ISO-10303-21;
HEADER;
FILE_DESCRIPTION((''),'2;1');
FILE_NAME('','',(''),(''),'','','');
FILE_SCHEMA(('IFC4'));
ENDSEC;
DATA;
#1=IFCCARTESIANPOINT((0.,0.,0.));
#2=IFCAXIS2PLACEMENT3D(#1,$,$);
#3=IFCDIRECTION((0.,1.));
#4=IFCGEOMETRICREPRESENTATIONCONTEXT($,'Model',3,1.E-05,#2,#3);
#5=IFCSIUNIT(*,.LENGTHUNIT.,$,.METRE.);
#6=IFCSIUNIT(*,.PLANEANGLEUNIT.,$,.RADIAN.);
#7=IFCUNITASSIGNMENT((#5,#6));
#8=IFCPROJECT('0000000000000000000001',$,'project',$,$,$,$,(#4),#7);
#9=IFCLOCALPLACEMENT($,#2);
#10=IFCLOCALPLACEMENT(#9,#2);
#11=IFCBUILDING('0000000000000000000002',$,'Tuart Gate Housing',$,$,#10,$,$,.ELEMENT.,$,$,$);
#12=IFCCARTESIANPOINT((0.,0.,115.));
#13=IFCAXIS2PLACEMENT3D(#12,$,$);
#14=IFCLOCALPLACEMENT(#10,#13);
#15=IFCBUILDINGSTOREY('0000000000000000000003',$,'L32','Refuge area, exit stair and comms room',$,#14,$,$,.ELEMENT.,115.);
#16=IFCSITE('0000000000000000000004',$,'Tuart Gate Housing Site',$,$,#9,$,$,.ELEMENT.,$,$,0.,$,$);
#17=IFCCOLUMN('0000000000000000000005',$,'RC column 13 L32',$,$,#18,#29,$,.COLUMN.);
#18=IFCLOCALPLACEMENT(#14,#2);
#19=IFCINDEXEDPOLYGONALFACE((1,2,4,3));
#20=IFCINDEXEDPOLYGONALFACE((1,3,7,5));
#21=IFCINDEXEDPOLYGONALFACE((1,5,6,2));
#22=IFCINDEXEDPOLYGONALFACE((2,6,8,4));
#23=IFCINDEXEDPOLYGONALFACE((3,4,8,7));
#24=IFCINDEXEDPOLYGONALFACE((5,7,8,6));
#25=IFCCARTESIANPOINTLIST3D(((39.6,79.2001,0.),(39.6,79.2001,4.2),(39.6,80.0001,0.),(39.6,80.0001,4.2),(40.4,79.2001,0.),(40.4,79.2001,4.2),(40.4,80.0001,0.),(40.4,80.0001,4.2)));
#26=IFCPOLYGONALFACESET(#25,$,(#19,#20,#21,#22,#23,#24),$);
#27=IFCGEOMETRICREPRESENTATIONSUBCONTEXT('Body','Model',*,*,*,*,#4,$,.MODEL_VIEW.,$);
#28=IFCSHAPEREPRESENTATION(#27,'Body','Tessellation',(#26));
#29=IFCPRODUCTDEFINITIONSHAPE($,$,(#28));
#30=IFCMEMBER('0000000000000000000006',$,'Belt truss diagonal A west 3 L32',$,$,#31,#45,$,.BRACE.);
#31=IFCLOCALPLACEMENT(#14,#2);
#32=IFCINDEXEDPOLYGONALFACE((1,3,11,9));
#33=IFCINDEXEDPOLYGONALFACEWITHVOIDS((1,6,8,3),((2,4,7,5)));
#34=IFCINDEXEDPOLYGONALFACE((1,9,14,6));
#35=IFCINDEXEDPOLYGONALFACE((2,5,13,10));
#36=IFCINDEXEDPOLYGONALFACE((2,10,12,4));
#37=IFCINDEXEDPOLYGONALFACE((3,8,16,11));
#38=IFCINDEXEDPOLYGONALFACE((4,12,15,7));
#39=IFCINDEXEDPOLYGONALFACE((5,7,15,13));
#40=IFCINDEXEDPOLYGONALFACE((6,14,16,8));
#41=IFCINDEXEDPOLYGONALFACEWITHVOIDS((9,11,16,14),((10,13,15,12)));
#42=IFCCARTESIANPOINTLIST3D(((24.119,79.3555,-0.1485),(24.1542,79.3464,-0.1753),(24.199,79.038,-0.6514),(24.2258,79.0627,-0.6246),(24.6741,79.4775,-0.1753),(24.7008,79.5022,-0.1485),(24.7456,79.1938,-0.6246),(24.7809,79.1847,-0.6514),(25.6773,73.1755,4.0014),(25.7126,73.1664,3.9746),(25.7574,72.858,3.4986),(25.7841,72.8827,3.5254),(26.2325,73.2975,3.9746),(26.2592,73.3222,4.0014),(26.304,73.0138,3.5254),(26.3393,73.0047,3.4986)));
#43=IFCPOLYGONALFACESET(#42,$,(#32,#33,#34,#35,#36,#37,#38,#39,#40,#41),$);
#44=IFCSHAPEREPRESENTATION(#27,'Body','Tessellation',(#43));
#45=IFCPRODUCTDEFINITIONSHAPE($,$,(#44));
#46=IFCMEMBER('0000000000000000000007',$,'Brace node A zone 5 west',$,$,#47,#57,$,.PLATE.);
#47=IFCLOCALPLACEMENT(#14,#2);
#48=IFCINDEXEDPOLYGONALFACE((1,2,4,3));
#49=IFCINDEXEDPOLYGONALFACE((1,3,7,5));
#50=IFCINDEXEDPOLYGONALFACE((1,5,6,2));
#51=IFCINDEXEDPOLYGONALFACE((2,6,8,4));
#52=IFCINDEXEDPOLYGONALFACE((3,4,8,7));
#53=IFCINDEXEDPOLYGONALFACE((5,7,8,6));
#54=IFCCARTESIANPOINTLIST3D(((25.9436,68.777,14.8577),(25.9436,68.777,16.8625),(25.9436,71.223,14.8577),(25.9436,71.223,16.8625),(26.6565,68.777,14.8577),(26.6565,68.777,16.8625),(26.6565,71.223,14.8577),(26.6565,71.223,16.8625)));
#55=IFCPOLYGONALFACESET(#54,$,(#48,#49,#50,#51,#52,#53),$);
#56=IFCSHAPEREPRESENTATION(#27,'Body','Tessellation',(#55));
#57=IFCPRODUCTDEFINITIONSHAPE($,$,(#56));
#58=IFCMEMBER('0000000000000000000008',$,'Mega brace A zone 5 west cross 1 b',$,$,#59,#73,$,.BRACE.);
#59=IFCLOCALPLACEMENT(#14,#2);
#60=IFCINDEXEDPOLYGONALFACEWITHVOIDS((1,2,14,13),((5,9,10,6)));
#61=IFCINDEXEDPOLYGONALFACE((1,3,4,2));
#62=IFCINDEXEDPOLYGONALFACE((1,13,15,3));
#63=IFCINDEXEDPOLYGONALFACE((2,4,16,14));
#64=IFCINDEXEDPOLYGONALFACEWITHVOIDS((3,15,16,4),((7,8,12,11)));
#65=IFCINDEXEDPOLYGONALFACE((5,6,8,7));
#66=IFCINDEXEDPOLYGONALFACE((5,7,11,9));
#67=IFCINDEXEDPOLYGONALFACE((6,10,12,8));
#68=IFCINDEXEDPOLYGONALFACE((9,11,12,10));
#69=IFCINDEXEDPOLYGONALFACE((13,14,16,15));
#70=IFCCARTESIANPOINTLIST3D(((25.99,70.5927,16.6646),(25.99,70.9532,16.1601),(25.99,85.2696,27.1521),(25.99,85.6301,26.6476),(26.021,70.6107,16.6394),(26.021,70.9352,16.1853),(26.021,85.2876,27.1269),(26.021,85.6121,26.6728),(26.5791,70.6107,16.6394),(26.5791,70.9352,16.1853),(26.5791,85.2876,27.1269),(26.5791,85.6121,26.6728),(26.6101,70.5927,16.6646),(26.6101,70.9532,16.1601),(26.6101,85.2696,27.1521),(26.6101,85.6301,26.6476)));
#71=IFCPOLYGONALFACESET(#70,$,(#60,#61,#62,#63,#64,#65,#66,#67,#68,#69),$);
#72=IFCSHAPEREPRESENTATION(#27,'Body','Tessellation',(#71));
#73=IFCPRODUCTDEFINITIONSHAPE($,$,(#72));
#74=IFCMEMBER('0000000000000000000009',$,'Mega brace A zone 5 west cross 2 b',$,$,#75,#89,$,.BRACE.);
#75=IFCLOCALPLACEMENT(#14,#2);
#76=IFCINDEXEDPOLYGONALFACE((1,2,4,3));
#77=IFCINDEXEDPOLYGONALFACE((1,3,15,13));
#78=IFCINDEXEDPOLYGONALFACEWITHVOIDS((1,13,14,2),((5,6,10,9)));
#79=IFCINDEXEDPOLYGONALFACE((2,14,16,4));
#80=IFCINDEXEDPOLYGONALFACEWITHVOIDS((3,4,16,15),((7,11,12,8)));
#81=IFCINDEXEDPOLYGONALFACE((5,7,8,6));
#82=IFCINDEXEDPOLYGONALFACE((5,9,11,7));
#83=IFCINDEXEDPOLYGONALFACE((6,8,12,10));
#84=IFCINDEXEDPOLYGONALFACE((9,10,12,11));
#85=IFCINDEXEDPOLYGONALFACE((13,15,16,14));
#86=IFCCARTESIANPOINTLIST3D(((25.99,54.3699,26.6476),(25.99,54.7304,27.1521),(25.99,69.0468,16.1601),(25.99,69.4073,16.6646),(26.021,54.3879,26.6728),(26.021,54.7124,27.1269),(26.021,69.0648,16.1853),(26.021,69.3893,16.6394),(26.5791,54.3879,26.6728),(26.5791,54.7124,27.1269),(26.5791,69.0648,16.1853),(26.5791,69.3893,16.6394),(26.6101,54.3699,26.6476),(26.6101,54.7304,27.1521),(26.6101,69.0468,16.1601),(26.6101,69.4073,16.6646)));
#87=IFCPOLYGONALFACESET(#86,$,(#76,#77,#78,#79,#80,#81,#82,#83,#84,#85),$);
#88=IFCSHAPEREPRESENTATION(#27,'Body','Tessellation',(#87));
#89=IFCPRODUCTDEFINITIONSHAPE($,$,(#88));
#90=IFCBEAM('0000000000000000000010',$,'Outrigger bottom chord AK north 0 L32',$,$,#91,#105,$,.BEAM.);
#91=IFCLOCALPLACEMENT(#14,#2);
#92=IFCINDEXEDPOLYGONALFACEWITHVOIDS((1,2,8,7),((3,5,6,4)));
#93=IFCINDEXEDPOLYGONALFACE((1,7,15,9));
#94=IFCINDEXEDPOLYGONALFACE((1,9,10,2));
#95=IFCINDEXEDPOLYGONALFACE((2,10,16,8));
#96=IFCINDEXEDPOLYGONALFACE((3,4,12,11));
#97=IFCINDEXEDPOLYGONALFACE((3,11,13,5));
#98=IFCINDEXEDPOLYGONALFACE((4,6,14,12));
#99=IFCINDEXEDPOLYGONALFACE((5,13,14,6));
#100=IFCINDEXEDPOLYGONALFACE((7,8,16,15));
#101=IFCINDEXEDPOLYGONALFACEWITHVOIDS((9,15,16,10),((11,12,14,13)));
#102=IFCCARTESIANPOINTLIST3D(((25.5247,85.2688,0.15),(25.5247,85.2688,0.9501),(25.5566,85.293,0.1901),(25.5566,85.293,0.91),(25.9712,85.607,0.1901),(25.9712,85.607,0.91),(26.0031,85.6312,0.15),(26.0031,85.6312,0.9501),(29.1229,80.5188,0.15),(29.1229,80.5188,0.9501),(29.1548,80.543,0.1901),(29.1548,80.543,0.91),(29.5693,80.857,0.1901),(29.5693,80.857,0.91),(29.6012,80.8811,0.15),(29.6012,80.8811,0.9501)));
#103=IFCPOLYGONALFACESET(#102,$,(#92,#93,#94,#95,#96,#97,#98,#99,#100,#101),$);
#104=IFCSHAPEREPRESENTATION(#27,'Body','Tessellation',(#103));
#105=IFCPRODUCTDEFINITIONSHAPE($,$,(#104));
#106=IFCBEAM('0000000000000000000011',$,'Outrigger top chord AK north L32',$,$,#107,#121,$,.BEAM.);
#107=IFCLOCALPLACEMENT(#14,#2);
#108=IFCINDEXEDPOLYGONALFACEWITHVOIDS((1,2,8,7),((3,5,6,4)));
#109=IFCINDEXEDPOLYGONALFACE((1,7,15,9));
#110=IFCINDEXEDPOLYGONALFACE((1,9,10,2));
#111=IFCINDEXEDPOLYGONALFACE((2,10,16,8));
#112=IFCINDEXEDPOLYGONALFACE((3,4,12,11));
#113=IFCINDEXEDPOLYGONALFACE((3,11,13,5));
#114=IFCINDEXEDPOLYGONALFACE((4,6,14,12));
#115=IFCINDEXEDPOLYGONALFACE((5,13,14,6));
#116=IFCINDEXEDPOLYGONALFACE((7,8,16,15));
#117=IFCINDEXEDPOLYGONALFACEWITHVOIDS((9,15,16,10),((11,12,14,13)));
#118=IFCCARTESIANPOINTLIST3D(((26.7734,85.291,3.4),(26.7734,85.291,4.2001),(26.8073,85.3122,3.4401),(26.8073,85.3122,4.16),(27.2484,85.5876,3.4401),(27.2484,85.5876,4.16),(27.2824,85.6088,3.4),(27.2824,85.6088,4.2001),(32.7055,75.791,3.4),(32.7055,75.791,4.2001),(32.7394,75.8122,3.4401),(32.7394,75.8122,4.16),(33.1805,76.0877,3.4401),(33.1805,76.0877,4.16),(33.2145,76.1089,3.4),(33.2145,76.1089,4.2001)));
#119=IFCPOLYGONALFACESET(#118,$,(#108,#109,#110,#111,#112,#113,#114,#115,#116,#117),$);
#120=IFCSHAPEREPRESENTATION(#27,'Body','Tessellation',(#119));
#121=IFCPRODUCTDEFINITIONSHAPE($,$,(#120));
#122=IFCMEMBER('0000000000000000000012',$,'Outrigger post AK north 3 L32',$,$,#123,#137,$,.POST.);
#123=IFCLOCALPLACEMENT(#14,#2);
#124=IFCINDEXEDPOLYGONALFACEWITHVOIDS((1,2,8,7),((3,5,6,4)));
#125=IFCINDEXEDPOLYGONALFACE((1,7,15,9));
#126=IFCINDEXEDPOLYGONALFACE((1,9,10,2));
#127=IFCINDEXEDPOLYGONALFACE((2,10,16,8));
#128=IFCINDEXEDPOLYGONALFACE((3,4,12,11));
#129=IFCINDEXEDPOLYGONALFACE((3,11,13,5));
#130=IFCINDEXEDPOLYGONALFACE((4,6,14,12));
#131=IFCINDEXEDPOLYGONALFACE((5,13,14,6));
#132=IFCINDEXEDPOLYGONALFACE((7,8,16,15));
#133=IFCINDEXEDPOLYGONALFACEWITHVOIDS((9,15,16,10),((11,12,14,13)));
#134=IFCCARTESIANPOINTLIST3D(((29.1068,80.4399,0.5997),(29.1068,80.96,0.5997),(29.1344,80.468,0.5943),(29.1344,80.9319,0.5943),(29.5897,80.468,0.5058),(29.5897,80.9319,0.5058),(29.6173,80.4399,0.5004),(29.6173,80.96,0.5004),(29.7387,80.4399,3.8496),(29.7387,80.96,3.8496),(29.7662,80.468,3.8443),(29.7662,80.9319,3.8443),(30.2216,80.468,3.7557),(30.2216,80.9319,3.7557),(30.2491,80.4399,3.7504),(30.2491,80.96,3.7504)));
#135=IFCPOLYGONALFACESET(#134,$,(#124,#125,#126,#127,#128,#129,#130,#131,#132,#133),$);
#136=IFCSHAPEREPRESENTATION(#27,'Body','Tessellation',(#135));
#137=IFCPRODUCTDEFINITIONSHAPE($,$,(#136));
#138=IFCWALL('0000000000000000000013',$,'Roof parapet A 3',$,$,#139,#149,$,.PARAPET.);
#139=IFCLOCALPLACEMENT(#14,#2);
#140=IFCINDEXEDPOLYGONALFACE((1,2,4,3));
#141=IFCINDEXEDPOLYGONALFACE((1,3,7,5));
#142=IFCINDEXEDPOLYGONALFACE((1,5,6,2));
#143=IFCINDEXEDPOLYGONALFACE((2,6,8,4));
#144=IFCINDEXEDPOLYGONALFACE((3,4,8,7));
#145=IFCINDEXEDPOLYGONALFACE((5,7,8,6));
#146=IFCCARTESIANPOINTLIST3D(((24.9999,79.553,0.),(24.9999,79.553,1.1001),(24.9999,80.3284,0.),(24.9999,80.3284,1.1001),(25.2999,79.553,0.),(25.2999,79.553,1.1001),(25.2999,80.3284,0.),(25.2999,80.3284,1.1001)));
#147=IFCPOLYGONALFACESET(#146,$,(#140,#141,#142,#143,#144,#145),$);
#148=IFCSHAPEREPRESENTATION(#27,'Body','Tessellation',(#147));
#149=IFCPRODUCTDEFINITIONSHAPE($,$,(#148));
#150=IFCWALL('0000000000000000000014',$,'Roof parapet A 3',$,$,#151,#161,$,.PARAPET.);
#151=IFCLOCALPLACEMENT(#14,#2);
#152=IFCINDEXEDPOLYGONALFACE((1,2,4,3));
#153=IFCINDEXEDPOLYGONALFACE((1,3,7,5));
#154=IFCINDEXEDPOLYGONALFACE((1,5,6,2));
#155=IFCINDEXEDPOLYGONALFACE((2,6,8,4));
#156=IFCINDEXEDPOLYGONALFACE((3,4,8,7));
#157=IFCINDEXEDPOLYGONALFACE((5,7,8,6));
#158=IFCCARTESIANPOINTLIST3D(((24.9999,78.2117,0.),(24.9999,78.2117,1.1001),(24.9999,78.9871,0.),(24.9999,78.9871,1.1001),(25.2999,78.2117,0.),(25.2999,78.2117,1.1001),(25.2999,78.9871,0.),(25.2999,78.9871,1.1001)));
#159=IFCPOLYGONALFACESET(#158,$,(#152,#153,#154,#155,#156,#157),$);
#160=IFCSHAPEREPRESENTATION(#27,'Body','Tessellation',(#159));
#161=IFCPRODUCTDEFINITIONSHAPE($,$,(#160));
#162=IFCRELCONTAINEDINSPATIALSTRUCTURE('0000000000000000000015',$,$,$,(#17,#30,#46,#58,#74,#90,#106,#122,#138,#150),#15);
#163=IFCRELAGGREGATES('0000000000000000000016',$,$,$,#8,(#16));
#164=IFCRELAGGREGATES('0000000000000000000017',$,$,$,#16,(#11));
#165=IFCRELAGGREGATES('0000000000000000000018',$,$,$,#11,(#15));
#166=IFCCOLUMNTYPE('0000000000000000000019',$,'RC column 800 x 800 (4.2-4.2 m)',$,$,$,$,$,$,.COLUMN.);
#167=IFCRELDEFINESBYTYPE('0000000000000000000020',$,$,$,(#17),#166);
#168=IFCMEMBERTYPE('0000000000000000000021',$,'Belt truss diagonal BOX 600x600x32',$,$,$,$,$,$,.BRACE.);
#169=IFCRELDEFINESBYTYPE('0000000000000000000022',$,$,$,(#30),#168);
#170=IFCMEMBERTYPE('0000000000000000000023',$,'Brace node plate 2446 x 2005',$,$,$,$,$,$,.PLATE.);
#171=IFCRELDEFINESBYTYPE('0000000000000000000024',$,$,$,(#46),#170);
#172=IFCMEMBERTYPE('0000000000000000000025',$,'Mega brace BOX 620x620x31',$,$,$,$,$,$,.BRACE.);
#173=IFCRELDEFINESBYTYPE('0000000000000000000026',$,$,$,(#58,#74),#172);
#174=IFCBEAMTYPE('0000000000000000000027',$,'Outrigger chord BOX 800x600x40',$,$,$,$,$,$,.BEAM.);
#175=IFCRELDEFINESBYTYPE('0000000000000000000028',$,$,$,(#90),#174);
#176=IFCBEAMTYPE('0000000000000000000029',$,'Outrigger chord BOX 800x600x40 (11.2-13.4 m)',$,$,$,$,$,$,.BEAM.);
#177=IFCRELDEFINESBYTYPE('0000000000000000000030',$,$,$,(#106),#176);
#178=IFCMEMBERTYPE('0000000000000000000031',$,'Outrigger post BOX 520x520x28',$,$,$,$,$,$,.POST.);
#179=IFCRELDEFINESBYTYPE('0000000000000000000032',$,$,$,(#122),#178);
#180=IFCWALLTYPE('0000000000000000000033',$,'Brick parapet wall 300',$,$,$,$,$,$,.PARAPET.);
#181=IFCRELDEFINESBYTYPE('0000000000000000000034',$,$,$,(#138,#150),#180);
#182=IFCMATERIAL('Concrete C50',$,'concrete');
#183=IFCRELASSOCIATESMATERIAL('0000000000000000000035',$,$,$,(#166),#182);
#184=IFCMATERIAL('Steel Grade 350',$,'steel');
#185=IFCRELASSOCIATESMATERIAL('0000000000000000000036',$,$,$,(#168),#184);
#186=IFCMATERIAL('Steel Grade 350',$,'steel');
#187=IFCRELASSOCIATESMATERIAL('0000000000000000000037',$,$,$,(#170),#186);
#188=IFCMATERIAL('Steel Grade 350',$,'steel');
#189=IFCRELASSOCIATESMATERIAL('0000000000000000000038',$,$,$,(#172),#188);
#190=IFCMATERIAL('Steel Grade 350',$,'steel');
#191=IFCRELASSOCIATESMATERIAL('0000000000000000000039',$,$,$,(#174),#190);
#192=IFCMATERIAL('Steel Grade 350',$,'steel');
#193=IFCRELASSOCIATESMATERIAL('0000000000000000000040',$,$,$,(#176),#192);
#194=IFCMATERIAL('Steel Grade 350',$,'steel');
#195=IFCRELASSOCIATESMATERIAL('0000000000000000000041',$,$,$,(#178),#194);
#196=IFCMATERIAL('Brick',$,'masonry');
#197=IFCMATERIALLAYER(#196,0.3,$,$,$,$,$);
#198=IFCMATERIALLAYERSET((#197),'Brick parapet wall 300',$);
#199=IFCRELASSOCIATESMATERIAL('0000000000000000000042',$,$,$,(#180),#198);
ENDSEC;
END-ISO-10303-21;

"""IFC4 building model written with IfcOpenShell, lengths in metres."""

from ifc_helpers import new_model, si_unit, direction, frame, frame_2d, origin, origin_2d, place, context, subcontext, project, spatial, rectangle, hollow_rectangle, extrude, material, layer, layer_set, material_profile, profile_set, type_object, element, save


model = new_model("IFC4")

# Units and contexts
model_context = context("Model", 3, precision=1e-05, world=origin(), true_north=direction((0.0, 1.0)))
body_context = subcontext(model_context, "Body", "Model", "MODEL_VIEW")
ifc_project = project(units=[si_unit("LENGTHUNIT", "METRE"), si_unit("PLANEANGLEUNIT", "RADIAN")], contexts=[model_context])

# Site, building, storey
site_placement = place(None, origin())
site = spatial("IfcSite", under=ifc_project, at=site_placement, Name="Tuart Gate Housing Site", CompositionType="ELEMENT", RefElevation=0.0)
building_placement = place(site_placement, origin())
building = spatial("IfcBuilding", under=site, at=building_placement, Name="Tuart Gate Housing", CompositionType="ELEMENT")
storey_placement = place(building_placement, frame((0.0, 0.0, 115.0)))
storey = spatial("IfcBuildingStorey", under=building, at=storey_placement, Name="L32", Description="Refuge area, exit stair and comms room", CompositionType="ELEMENT", Elevation=115.0)

# Column
ifc_material_1 = material(Name="Concrete C50", Category="concrete")
ifc_material_profile_1 = material_profile(ifc_material_1, rectangle(XDim=0.8, YDim=0.8, at=origin_2d()), Name="RC column 800 x 800 (4.2-4.2 m)")
ifc_profile_set_1 = profile_set([ifc_material_profile_1], Name="Concrete C50")
column_type = type_object("IfcColumnType", Name="RC column 800 x 800 (4.2-4.2 m)", PredefinedType="COLUMN", material=ifc_profile_set_1)
column_placement = place(storey_placement, frame((40.0, 79.6001, 0.0), z_axis=(0.0, 0.0, 1.0), x_axis=(1.0, 0.0, 0.0)))
element("IfcColumn", 1, at=column_placement, inside=storey, type_object=column_type, Name="RC column 13 L32", PredefinedType="COLUMN", context=body_context, shape_type="SweptSolid", body=[
    extrude(rectangle(XDim=0.8, YDim=0.8, at=origin_2d()), origin(), (0.0, 0.0, 1.0), 4.2),
])

# Members
ifc_material_2 = material(Name="Steel Grade 350", Category="steel")
ifc_material_profile_2 = material_profile(ifc_material_2, hollow_rectangle(XDim=0.6001, YDim=0.6001, WallThickness=0.032, at=origin_2d()), Name="BOX 600x600x32")
ifc_profile_set_2 = profile_set([ifc_material_profile_2], Name="Steel Grade 350")
member_type_1 = type_object("IfcMemberType", Name="Belt truss diagonal BOX 600x600x32", PredefinedType="BRACE", material=ifc_profile_set_2)
member_1_placement = place(storey_placement, frame((26.0083, 73.0901, 3.75), z_axis=(-0.204901, 0.812574, -0.545654), x_axis=(-0.969647, -0.244509, 0.0)))
element("IfcMember", 2, at=member_1_placement, inside=storey, type_object=member_type_1, Name="Belt truss diagonal A west 3 L32", PredefinedType="BRACE", context=body_context, shape_type="SweptSolid", body=[
    extrude(hollow_rectangle(XDim=0.6001, YDim=0.6001, WallThickness=0.032, at=origin_2d()), origin(), (0.0, 0.0, 1.0), 7.6055),
])
ifc_material_3 = material(Name="Steel Grade 350", Category="steel")
ifc_material_profile_3 = material_profile(ifc_material_3, rectangle(XDim=2.446, YDim=2.0049, at=origin_2d()), Name="Brace node plate 2446 x 2005")
ifc_profile_set_3 = profile_set([ifc_material_profile_3], Name="Steel Grade 350")
member_type_2 = type_object("IfcMemberType", Name="Brace node plate 2446 x 2005", PredefinedType="PLATE", material=ifc_profile_set_3)
member_2_placement = place(storey_placement, frame((25.9436, 70.0, 15.8601), z_axis=(1.0, 0.0, 0.0), x_axis=(0.0, 1.0, 0.0)))
element("IfcMember", 3, at=member_2_placement, inside=storey, type_object=member_type_2, Name="Brace node A zone 5 west", PredefinedType="PLATE", context=body_context, shape_type="SweptSolid", body=[
    extrude(rectangle(XDim=2.446, YDim=2.0049, at=origin_2d()), origin(), (0.0, 0.0, 1.0), 0.7129),
])
ifc_material_4 = material(Name="Steel Grade 350", Category="steel")
ifc_material_profile_4 = material_profile(ifc_material_4, hollow_rectangle(XDim=0.6201, YDim=0.6201, WallThickness=0.031, at=origin_2d()), Name="BOX 620x620x31")
ifc_profile_set_4 = profile_set([ifc_material_profile_4], Name="Steel Grade 350")
member_type_3 = type_object("IfcMemberType", Name="Mega brace BOX 620x620x31", PredefinedType="BRACE", material=ifc_profile_set_4)
for number, where, z_axis, x_axis, name in (
    (4, (26.3, 70.7729, 16.4124), (0.0, 0.813629, 0.581384), (-1.0, 0.0, 0.0), "Mega brace A zone 5 west cross 1 b"),
    (5, (26.3, 69.2271, 16.4124), (0.0, -0.813629, 0.581384), (1.0, 0.0, 0.0), "Mega brace A zone 5 west cross 2 b"),
):
    element("IfcMember", number, at=place(storey_placement, frame(where, z_axis=z_axis, x_axis=x_axis)), inside=storey, type_object=member_type_3, Name=name, PredefinedType="BRACE", context=body_context, shape_type="SweptSolid", body=[
        extrude(hollow_rectangle(XDim=0.6201, YDim=0.6201, WallThickness=0.031, at=origin_2d()), origin(), (0.0, 0.0, 1.0), 18.0388),
    ])

# Beams
ifc_material_5 = material(Name="Steel Grade 350", Category="steel")
ifc_material_profile_5 = material_profile(ifc_material_5, hollow_rectangle(XDim=0.6001, YDim=0.8, WallThickness=0.04, at=origin_2d()), Name="BOX 800x600x40")
ifc_profile_set_5 = profile_set([ifc_material_profile_5], Name="Steel Grade 350")
beam_type_1 = type_object("IfcBeamType", Name="Outrigger chord BOX 800x600x40", PredefinedType="BEAM", material=ifc_profile_set_5)
beam_1_placement = place(storey_placement, frame((29.3621, 80.7, 0.55), z_axis=(-0.603821, 0.79712, 0.0), x_axis=(-0.79712, -0.603821, 0.0)))
element("IfcBeam", 6, at=beam_1_placement, inside=storey, type_object=beam_type_1, Name="Outrigger bottom chord AK north 0 L32", PredefinedType="BEAM", context=body_context, shape_type="SweptSolid", body=[
    extrude(hollow_rectangle(XDim=0.6001, YDim=0.8, WallThickness=0.04, at=origin_2d()), origin(), (0.0, 0.0, 1.0), 5.959),
])
ifc_material_6 = material(Name="Steel Grade 350", Category="steel")
ifc_material_profile_6 = material_profile(ifc_material_6, hollow_rectangle(XDim=0.6001, YDim=0.8, WallThickness=0.04, at=origin_2d()), Name="BOX 800x600x40")
ifc_profile_set_6 = profile_set([ifc_material_profile_6], Name="Steel Grade 350")
beam_type_2 = type_object("IfcBeamType", Name="Outrigger chord BOX 800x600x40 (11.2-13.4 m)", PredefinedType="BEAM", material=ifc_profile_set_6)
beam_2_placement = place(storey_placement, frame((32.96, 75.95, 3.8), z_axis=(-0.529654, 0.848214, 0.0), x_axis=(-0.848214, -0.529654, 0.0)))
element("IfcBeam", 7, at=beam_2_placement, inside=storey, type_object=beam_type_2, Name="Outrigger top chord AK north L32", PredefinedType="BEAM", context=body_context, shape_type="SweptSolid", body=[
    extrude(hollow_rectangle(XDim=0.6001, YDim=0.8, WallThickness=0.04, at=origin_2d()), origin(), (0.0, 0.0, 1.0), 11.2),
])

# Member
ifc_material_7 = material(Name="Steel Grade 350", Category="steel")
ifc_material_profile_7 = material_profile(ifc_material_7, hollow_rectangle(XDim=0.52, YDim=0.52, WallThickness=0.0281, at=origin_2d()), Name="BOX 520x520x28")
ifc_profile_set_7 = profile_set([ifc_material_profile_7], Name="Steel Grade 350")
member_type_4 = type_object("IfcMemberType", Name="Outrigger post BOX 520x520x28", PredefinedType="POST", material=ifc_profile_set_7)
member_3_placement = place(storey_placement, frame((29.3621, 80.7, 0.55), z_axis=(0.190838, 0.0, 0.981622), x_axis=(0.0, 1.0, 0.0)))
element("IfcMember", 8, at=member_3_placement, inside=storey, type_object=member_type_4, Name="Outrigger post AK north 3 L32", PredefinedType="POST", context=body_context, shape_type="SweptSolid", body=[
    extrude(hollow_rectangle(XDim=0.52, YDim=0.52, WallThickness=0.0281, at=origin_2d()), origin(), (0.0, 0.0, 1.0), 3.3108),
])

# Walls
ifc_material_8 = material(Name="Brick", Category="masonry")
ifc_layer_1 = layer(ifc_material_8, 0.3)
ifc_layer_set_1 = layer_set([ifc_layer_1], Name="Brick parapet wall 300")
wall_type_1 = type_object("IfcWallType", Name="Brick parapet wall 300", PredefinedType="PARAPET", material=ifc_layer_set_1)
for number, where, z_axis, x_axis, name in (
    (9, (25.1499, 80.3284, 0.0), (0.0, 0.0, 1.0), (0.0, -1.0, 0.0), "Roof parapet A 3"),
    (10, (25.1499, 78.9871, 0.0), (0.0, 0.0, 1.0), (0.0, -1.0, 0.0), "Roof parapet A 3"),
):
    element("IfcWall", number, at=place(storey_placement, frame(where, z_axis=z_axis, x_axis=x_axis)), inside=storey, type_object=wall_type_1, Name=name, PredefinedType="PARAPET", context=body_context, shape_type="SweptSolid", body=[
        extrude(rectangle(XDim=0.7754, YDim=0.3, at=frame_2d((0.3877, 0.0))), origin(), (0.0, 0.0, 1.0), 1.1001),
    ])

save(model, "model.ifc")
